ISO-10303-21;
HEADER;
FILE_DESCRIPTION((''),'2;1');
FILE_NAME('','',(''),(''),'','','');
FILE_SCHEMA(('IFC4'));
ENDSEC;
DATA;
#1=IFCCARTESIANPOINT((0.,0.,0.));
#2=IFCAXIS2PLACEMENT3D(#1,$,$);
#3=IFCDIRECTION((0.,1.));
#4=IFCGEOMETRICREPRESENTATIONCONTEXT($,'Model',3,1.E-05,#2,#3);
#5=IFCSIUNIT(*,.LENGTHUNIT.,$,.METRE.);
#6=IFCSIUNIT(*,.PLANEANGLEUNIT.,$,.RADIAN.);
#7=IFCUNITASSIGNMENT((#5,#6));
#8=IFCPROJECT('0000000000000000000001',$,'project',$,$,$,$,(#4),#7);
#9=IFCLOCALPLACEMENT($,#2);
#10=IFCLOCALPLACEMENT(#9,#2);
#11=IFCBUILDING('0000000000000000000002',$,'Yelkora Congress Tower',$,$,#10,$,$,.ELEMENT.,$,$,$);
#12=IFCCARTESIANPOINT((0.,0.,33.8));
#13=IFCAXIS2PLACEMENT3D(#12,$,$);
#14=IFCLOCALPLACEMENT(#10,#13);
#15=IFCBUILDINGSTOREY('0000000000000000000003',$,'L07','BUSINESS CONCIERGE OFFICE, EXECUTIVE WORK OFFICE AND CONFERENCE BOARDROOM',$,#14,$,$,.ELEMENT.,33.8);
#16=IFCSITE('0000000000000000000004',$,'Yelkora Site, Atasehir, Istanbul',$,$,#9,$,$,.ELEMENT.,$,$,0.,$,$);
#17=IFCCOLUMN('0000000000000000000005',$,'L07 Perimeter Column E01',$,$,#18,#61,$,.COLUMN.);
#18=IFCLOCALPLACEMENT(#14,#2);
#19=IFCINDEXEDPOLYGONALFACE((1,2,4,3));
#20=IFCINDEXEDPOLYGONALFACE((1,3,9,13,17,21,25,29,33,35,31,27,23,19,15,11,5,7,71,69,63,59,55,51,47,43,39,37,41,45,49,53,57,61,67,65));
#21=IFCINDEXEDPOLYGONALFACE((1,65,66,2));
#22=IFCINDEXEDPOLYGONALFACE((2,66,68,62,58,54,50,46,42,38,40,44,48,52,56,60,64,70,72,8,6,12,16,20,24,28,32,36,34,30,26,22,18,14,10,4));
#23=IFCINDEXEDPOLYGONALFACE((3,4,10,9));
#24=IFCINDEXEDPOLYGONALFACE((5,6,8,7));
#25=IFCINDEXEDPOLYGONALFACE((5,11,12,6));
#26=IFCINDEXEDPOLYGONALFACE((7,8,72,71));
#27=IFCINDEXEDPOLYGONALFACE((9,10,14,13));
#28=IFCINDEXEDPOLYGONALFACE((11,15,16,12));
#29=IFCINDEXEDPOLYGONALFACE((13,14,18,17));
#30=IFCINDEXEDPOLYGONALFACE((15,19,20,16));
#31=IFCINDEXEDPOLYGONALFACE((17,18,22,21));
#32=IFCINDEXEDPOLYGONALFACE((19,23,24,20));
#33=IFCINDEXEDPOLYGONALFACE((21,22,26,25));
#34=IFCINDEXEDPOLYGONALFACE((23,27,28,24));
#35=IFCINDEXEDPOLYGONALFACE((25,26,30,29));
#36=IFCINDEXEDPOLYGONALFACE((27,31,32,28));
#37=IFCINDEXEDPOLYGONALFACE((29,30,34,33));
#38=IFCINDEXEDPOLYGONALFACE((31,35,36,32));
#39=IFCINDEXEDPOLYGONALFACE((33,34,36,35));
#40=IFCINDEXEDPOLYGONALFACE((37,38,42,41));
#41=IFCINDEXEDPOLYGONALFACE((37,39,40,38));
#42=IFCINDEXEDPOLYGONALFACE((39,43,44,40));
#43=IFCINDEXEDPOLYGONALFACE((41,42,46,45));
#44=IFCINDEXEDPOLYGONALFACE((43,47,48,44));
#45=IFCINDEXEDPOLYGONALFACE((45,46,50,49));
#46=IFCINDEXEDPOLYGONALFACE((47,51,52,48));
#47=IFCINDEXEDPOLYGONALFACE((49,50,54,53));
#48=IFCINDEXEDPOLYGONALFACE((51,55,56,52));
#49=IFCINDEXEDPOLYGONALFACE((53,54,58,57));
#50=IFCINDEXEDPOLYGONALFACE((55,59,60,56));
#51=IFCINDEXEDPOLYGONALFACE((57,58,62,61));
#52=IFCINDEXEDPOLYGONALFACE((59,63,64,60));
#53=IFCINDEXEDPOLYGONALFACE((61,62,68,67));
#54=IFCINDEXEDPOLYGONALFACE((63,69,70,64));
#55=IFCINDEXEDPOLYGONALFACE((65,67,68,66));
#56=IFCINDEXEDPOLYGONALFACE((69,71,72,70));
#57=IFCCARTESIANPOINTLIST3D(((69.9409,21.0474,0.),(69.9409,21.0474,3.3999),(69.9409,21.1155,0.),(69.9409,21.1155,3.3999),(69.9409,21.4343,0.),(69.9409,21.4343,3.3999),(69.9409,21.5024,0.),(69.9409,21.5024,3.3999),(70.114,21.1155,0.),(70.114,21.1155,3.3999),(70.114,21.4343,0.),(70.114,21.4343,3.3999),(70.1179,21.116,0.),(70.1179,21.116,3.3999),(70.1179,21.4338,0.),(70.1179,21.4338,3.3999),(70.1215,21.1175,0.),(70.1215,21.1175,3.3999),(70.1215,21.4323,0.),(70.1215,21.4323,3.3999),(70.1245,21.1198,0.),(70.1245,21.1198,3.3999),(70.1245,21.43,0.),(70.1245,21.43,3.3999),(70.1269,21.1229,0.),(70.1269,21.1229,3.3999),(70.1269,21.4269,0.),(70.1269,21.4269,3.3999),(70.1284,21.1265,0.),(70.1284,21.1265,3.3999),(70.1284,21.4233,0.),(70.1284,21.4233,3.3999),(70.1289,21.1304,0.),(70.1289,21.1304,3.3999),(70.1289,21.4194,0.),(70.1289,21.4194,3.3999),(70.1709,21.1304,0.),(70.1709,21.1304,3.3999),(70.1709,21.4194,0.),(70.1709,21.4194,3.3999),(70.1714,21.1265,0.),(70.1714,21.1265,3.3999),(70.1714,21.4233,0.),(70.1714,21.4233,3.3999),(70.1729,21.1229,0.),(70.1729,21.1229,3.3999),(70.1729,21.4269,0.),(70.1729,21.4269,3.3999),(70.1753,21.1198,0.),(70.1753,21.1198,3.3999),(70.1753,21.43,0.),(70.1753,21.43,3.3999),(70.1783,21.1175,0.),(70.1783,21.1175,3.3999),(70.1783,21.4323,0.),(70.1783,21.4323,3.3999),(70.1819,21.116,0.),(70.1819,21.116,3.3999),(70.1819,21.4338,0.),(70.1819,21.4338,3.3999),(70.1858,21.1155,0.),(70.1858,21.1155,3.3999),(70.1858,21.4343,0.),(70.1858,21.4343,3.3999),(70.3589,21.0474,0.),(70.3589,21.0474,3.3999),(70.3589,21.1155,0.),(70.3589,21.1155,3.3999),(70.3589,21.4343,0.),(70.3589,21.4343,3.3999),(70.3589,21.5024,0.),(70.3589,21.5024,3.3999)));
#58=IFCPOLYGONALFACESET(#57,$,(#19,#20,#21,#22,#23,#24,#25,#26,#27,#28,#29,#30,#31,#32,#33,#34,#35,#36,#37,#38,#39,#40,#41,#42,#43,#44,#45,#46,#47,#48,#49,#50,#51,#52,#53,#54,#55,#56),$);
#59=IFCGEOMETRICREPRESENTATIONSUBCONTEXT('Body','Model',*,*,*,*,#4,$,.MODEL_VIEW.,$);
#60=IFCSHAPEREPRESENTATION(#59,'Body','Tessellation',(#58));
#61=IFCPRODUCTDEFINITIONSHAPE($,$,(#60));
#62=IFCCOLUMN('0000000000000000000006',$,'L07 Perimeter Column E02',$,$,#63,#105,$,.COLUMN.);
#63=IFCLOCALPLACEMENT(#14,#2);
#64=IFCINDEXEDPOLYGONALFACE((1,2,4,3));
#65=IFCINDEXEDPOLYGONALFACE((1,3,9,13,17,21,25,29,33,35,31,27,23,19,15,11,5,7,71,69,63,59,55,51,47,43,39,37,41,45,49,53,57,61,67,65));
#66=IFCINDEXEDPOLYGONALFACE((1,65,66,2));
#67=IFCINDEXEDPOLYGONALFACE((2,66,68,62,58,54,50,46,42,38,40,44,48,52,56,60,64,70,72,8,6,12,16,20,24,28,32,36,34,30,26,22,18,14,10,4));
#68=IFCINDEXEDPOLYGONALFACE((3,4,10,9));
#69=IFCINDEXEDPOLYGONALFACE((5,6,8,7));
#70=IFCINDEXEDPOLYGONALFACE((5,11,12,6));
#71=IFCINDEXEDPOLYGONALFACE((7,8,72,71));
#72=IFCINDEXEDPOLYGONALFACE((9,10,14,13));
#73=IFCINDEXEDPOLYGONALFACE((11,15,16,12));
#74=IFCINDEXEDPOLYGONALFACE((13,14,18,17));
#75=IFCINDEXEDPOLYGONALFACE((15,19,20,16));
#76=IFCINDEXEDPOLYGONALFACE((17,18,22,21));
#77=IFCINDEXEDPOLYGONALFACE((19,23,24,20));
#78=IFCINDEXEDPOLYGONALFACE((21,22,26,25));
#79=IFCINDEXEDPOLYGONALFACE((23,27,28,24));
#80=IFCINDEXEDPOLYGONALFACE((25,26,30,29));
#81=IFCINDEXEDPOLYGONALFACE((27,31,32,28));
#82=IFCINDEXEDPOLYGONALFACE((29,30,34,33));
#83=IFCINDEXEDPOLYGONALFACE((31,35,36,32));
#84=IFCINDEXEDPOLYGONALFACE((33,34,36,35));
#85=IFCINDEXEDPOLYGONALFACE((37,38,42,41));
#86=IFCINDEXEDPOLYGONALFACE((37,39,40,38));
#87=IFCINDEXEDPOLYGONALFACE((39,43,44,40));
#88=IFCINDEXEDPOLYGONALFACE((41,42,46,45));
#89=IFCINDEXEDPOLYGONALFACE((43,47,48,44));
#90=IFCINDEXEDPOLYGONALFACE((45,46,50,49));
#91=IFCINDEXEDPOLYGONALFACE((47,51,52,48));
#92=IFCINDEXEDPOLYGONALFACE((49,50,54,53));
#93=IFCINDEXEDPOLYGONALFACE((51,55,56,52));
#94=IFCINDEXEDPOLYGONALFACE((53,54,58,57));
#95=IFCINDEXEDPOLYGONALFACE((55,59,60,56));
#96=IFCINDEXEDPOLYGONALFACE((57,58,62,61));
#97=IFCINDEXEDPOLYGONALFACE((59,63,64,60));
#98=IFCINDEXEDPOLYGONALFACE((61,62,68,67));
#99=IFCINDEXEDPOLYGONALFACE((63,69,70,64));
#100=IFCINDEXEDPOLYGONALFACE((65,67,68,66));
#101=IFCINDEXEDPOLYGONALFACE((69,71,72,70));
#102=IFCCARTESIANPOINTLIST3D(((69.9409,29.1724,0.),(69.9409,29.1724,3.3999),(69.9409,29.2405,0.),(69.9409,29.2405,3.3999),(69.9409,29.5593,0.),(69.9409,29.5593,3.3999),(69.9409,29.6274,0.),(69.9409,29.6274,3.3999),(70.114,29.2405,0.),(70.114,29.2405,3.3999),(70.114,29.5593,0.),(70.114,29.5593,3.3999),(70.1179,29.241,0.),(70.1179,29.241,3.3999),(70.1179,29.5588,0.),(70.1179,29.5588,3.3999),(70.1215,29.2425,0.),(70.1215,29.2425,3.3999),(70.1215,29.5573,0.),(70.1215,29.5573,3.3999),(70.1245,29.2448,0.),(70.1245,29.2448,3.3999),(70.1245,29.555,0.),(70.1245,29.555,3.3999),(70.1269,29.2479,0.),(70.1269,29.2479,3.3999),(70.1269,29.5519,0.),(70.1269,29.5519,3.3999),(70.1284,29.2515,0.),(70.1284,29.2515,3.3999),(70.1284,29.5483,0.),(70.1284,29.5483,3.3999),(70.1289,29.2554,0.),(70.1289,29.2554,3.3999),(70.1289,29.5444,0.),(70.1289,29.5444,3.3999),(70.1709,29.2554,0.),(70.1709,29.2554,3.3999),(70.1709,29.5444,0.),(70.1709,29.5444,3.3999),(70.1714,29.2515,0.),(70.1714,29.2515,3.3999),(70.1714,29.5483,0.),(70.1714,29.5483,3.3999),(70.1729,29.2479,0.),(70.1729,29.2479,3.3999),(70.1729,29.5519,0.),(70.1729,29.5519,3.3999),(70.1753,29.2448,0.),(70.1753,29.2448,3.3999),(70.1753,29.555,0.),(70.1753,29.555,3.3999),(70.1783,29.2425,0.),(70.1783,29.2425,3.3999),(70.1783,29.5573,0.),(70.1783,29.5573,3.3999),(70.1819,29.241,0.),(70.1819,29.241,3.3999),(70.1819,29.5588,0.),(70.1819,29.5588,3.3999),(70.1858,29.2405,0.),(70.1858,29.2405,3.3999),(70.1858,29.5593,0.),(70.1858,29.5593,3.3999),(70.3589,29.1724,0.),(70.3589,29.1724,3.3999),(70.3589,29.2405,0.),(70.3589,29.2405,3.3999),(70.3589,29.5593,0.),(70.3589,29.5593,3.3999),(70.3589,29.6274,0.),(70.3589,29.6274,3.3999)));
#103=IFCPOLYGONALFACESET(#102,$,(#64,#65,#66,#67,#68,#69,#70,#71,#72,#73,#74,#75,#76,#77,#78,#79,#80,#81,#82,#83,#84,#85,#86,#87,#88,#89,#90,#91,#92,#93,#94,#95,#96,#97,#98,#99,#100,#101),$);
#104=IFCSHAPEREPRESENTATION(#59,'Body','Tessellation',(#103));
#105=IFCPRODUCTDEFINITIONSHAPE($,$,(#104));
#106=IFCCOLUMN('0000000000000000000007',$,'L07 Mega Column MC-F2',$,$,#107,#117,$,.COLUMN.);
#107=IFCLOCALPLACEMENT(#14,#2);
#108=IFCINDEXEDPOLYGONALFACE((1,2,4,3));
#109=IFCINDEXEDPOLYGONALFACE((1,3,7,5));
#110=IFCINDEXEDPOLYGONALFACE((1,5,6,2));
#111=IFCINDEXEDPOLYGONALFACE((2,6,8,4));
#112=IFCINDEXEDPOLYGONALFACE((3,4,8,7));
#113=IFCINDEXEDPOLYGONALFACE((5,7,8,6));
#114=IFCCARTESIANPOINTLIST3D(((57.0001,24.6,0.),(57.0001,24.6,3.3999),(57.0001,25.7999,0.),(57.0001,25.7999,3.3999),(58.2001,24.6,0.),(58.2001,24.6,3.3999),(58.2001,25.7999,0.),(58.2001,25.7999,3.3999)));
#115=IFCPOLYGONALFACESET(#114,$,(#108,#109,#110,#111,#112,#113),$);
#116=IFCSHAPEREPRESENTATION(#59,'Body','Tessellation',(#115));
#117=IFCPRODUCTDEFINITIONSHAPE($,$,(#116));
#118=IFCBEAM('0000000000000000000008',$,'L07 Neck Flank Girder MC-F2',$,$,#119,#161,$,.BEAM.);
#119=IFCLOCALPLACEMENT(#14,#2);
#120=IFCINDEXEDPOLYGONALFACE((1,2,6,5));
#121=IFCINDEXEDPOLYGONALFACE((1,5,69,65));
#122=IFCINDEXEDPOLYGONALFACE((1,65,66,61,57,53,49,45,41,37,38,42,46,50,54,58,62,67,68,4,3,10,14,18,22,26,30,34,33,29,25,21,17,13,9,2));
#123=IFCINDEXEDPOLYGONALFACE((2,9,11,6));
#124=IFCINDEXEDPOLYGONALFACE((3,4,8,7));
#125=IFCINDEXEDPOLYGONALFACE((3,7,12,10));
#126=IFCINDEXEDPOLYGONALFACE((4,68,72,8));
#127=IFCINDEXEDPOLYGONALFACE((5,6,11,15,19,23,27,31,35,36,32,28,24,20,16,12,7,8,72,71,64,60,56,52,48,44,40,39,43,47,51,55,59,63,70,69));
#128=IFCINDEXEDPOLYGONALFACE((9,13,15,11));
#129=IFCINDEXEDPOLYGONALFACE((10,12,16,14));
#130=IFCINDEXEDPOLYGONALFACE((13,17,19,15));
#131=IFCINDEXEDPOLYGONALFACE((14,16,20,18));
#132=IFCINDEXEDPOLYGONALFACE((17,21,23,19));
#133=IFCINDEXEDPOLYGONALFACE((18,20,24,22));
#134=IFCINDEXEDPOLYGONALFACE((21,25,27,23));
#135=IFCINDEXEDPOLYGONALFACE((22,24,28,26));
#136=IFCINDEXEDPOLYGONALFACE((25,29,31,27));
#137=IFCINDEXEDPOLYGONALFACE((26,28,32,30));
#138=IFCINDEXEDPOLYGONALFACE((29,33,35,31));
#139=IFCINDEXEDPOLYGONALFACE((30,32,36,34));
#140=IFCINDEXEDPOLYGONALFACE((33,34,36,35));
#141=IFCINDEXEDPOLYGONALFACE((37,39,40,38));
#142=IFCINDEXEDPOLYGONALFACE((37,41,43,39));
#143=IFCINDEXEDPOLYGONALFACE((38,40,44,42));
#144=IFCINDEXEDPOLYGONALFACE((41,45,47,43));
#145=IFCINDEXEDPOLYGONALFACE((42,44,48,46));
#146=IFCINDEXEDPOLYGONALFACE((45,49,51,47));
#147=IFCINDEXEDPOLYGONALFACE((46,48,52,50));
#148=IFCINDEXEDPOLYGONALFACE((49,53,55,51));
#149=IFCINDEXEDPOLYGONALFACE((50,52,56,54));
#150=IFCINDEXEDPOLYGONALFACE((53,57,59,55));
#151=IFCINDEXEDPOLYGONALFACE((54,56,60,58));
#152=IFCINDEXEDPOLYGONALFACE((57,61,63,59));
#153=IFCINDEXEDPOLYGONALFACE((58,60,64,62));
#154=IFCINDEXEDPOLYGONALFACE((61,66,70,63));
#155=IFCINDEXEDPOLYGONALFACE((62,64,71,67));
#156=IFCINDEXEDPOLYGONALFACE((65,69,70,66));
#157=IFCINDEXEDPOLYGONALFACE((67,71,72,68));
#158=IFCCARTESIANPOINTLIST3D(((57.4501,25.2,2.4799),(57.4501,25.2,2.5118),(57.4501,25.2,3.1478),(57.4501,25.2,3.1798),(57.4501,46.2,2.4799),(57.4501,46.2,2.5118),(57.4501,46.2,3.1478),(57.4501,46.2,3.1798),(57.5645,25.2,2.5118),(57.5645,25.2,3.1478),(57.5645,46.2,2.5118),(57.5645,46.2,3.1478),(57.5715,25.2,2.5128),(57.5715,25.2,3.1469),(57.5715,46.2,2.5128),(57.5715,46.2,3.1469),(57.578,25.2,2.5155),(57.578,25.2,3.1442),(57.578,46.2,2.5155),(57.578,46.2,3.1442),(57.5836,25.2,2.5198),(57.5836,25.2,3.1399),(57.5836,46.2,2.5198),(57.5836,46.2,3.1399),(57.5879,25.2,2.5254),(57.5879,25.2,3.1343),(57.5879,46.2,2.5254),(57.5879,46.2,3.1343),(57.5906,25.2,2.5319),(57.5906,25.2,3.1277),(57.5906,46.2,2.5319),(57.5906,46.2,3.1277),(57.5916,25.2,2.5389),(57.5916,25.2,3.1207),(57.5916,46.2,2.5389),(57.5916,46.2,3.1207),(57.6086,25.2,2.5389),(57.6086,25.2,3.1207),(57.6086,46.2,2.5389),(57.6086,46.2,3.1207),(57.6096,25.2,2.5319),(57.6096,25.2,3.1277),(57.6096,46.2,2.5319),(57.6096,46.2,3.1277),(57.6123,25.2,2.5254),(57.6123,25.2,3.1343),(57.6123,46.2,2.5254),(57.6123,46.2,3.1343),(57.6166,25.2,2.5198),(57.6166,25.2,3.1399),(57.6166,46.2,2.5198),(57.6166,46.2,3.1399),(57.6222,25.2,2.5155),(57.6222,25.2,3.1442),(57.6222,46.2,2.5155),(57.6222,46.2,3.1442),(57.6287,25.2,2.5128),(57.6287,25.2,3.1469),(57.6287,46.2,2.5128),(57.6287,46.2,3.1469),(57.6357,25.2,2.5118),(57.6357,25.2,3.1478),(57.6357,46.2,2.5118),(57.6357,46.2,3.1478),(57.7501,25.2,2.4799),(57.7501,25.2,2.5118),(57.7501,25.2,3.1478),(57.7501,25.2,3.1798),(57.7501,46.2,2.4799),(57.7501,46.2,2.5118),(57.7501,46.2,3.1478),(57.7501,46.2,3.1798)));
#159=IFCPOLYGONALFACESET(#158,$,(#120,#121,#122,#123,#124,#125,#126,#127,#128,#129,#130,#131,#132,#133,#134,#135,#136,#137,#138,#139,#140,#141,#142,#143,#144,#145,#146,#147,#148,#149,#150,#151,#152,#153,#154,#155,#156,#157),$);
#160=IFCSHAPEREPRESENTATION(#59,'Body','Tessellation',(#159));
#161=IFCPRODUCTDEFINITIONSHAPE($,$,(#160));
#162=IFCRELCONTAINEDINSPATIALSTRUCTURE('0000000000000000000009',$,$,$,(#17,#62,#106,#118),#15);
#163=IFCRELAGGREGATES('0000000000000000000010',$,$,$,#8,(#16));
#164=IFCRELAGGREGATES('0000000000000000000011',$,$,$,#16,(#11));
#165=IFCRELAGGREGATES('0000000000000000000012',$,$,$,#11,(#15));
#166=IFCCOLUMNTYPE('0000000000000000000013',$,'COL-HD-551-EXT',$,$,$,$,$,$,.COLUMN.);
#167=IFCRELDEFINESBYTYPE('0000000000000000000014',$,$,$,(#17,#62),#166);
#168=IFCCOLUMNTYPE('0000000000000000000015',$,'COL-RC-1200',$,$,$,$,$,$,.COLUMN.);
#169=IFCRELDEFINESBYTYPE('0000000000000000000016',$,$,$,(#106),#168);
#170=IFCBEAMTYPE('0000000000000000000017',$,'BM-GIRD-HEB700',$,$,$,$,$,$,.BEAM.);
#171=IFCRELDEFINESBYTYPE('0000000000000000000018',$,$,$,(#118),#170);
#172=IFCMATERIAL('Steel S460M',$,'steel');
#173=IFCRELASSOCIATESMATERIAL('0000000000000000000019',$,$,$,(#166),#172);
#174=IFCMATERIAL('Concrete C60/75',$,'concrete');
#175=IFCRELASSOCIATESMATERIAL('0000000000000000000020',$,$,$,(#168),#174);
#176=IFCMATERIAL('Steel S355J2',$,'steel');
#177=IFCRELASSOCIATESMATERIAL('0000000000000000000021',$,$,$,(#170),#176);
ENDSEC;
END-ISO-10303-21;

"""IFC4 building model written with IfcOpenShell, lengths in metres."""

from ifc_helpers import new_model, si_unit, direction, frame, origin, origin_2d, place, context, subcontext, project, spatial, rectangle, i_section, extrude, material, material_profile, profile_set, type_object, element, save


model = new_model("IFC4")

# Units and contexts
model_context = context("Model", 3, precision=1e-05, world=origin(), true_north=direction((0.0, 1.0)))
body_context = subcontext(model_context, "Body", "Model", "MODEL_VIEW")
ifc_project = project(units=[si_unit("LENGTHUNIT", "METRE"), si_unit("PLANEANGLEUNIT", "RADIAN")], contexts=[model_context])

# Site, building, storey
site_placement = place(None, origin())
site = spatial("IfcSite", under=ifc_project, at=site_placement, Name="Yelkora Site, Atasehir, Istanbul", CompositionType="ELEMENT", RefElevation=0.0)
building_placement = place(site_placement, origin())
building = spatial("IfcBuilding", under=site, at=building_placement, Name="Yelkora Congress Tower", CompositionType="ELEMENT")
storey_placement = place(building_placement, frame((0.0, 0.0, 33.8)))
storey = spatial("IfcBuildingStorey", under=building, at=storey_placement, Name="L07", Description="BUSINESS CONCIERGE OFFICE, EXECUTIVE WORK OFFICE AND CONFERENCE BOARDROOM", CompositionType="ELEMENT", Elevation=33.8)

# Columns
ifc_material_1 = material(Name="Steel S460M", Category="steel")
ifc_material_profile_1 = material_profile(ifc_material_1, i_section(OverallWidth=0.418, OverallDepth=0.4551, WebThickness=0.042, FlangeThickness=0.0681, FilletRadius=0.0149, at=origin_2d()), Name="HD 400x551")
ifc_profile_set_1 = profile_set([ifc_material_profile_1], Name="Steel S460M")
column_type_1 = type_object("IfcColumnType", Name="COL-HD-551-EXT", PredefinedType="COLUMN", material=ifc_profile_set_1)
for number, where, z_axis, x_axis, name in (
    (1, (70.1499, 21.2749, 0.0), (0.0, 0.0, 1.0), (1.0, 0.0, 0.0), "L07 Perimeter Column E01"),
    (2, (70.1499, 29.3999, 0.0), (0.0, 0.0, 1.0), (1.0, 0.0, 0.0), "L07 Perimeter Column E02"),
):
    element("IfcColumn", number, at=place(storey_placement, frame(where, z_axis=z_axis, x_axis=x_axis)), inside=storey, type_object=column_type_1, Name=name, PredefinedType="COLUMN", context=body_context, shape_type="SweptSolid", body=[
        extrude(i_section(OverallWidth=0.418, OverallDepth=0.4551, WebThickness=0.042, FlangeThickness=0.0681, FilletRadius=0.0149, at=origin_2d()), origin(), (0.0, 0.0, 1.0), 3.3999),
    ])
ifc_material_2 = material(Name="Concrete C60/75", Category="concrete")
ifc_material_profile_2 = material_profile(ifc_material_2, rectangle(XDim=1.2, YDim=1.2, at=origin_2d()), Name="RC 1200x1200")
ifc_profile_set_2 = profile_set([ifc_material_profile_2], Name="Concrete C60/75")
column_type_2 = type_object("IfcColumnType", Name="COL-RC-1200", PredefinedType="COLUMN", material=ifc_profile_set_2)
column_placement = place(storey_placement, frame((57.6001, 25.2, 0.0), z_axis=(0.0, 0.0, 1.0), x_axis=(1.0, 0.0, 0.0)))
element("IfcColumn", 3, at=column_placement, inside=storey, type_object=column_type_2, Name="L07 Mega Column MC-F2", PredefinedType="COLUMN", context=body_context, shape_type="SweptSolid", body=[
    extrude(rectangle(XDim=1.2, YDim=1.2, at=origin_2d()), origin(), (0.0, 0.0, 1.0), 3.3999),
])

# Beam
ifc_material_3 = material(Name="Steel S355J2", Category="steel")
ifc_material_profile_3 = material_profile(ifc_material_3, i_section(OverallWidth=0.3, OverallDepth=0.7, WebThickness=0.0171, FlangeThickness=0.032, FilletRadius=0.0271, at=origin_2d()), Name="HEB 700")
ifc_profile_set_3 = profile_set([ifc_material_profile_3], Name="Steel S355J2")
beam_type_1 = type_object("IfcBeamType", Name="BM-GIRD-HEB700", PredefinedType="BEAM", material=ifc_profile_set_3)
beam_1_placement = place(storey_placement, frame((57.6001, 25.2, 2.8298), z_axis=(0.0, 1.0, 0.0), x_axis=(-1.0, 0.0, 0.0)))
element("IfcBeam", 4, at=beam_1_placement, inside=storey, type_object=beam_type_1, Name="L07 Neck Flank Girder MC-F2", PredefinedType="BEAM", context=body_context, shape_type="SweptSolid", body=[
    extrude(i_section(OverallWidth=0.3, OverallDepth=0.7, WebThickness=0.0171, FlangeThickness=0.032, FilletRadius=0.0271, at=origin_2d()), origin(), (0.0, 0.0, 1.0), 21.0),
])

save(model, "model.ifc")
